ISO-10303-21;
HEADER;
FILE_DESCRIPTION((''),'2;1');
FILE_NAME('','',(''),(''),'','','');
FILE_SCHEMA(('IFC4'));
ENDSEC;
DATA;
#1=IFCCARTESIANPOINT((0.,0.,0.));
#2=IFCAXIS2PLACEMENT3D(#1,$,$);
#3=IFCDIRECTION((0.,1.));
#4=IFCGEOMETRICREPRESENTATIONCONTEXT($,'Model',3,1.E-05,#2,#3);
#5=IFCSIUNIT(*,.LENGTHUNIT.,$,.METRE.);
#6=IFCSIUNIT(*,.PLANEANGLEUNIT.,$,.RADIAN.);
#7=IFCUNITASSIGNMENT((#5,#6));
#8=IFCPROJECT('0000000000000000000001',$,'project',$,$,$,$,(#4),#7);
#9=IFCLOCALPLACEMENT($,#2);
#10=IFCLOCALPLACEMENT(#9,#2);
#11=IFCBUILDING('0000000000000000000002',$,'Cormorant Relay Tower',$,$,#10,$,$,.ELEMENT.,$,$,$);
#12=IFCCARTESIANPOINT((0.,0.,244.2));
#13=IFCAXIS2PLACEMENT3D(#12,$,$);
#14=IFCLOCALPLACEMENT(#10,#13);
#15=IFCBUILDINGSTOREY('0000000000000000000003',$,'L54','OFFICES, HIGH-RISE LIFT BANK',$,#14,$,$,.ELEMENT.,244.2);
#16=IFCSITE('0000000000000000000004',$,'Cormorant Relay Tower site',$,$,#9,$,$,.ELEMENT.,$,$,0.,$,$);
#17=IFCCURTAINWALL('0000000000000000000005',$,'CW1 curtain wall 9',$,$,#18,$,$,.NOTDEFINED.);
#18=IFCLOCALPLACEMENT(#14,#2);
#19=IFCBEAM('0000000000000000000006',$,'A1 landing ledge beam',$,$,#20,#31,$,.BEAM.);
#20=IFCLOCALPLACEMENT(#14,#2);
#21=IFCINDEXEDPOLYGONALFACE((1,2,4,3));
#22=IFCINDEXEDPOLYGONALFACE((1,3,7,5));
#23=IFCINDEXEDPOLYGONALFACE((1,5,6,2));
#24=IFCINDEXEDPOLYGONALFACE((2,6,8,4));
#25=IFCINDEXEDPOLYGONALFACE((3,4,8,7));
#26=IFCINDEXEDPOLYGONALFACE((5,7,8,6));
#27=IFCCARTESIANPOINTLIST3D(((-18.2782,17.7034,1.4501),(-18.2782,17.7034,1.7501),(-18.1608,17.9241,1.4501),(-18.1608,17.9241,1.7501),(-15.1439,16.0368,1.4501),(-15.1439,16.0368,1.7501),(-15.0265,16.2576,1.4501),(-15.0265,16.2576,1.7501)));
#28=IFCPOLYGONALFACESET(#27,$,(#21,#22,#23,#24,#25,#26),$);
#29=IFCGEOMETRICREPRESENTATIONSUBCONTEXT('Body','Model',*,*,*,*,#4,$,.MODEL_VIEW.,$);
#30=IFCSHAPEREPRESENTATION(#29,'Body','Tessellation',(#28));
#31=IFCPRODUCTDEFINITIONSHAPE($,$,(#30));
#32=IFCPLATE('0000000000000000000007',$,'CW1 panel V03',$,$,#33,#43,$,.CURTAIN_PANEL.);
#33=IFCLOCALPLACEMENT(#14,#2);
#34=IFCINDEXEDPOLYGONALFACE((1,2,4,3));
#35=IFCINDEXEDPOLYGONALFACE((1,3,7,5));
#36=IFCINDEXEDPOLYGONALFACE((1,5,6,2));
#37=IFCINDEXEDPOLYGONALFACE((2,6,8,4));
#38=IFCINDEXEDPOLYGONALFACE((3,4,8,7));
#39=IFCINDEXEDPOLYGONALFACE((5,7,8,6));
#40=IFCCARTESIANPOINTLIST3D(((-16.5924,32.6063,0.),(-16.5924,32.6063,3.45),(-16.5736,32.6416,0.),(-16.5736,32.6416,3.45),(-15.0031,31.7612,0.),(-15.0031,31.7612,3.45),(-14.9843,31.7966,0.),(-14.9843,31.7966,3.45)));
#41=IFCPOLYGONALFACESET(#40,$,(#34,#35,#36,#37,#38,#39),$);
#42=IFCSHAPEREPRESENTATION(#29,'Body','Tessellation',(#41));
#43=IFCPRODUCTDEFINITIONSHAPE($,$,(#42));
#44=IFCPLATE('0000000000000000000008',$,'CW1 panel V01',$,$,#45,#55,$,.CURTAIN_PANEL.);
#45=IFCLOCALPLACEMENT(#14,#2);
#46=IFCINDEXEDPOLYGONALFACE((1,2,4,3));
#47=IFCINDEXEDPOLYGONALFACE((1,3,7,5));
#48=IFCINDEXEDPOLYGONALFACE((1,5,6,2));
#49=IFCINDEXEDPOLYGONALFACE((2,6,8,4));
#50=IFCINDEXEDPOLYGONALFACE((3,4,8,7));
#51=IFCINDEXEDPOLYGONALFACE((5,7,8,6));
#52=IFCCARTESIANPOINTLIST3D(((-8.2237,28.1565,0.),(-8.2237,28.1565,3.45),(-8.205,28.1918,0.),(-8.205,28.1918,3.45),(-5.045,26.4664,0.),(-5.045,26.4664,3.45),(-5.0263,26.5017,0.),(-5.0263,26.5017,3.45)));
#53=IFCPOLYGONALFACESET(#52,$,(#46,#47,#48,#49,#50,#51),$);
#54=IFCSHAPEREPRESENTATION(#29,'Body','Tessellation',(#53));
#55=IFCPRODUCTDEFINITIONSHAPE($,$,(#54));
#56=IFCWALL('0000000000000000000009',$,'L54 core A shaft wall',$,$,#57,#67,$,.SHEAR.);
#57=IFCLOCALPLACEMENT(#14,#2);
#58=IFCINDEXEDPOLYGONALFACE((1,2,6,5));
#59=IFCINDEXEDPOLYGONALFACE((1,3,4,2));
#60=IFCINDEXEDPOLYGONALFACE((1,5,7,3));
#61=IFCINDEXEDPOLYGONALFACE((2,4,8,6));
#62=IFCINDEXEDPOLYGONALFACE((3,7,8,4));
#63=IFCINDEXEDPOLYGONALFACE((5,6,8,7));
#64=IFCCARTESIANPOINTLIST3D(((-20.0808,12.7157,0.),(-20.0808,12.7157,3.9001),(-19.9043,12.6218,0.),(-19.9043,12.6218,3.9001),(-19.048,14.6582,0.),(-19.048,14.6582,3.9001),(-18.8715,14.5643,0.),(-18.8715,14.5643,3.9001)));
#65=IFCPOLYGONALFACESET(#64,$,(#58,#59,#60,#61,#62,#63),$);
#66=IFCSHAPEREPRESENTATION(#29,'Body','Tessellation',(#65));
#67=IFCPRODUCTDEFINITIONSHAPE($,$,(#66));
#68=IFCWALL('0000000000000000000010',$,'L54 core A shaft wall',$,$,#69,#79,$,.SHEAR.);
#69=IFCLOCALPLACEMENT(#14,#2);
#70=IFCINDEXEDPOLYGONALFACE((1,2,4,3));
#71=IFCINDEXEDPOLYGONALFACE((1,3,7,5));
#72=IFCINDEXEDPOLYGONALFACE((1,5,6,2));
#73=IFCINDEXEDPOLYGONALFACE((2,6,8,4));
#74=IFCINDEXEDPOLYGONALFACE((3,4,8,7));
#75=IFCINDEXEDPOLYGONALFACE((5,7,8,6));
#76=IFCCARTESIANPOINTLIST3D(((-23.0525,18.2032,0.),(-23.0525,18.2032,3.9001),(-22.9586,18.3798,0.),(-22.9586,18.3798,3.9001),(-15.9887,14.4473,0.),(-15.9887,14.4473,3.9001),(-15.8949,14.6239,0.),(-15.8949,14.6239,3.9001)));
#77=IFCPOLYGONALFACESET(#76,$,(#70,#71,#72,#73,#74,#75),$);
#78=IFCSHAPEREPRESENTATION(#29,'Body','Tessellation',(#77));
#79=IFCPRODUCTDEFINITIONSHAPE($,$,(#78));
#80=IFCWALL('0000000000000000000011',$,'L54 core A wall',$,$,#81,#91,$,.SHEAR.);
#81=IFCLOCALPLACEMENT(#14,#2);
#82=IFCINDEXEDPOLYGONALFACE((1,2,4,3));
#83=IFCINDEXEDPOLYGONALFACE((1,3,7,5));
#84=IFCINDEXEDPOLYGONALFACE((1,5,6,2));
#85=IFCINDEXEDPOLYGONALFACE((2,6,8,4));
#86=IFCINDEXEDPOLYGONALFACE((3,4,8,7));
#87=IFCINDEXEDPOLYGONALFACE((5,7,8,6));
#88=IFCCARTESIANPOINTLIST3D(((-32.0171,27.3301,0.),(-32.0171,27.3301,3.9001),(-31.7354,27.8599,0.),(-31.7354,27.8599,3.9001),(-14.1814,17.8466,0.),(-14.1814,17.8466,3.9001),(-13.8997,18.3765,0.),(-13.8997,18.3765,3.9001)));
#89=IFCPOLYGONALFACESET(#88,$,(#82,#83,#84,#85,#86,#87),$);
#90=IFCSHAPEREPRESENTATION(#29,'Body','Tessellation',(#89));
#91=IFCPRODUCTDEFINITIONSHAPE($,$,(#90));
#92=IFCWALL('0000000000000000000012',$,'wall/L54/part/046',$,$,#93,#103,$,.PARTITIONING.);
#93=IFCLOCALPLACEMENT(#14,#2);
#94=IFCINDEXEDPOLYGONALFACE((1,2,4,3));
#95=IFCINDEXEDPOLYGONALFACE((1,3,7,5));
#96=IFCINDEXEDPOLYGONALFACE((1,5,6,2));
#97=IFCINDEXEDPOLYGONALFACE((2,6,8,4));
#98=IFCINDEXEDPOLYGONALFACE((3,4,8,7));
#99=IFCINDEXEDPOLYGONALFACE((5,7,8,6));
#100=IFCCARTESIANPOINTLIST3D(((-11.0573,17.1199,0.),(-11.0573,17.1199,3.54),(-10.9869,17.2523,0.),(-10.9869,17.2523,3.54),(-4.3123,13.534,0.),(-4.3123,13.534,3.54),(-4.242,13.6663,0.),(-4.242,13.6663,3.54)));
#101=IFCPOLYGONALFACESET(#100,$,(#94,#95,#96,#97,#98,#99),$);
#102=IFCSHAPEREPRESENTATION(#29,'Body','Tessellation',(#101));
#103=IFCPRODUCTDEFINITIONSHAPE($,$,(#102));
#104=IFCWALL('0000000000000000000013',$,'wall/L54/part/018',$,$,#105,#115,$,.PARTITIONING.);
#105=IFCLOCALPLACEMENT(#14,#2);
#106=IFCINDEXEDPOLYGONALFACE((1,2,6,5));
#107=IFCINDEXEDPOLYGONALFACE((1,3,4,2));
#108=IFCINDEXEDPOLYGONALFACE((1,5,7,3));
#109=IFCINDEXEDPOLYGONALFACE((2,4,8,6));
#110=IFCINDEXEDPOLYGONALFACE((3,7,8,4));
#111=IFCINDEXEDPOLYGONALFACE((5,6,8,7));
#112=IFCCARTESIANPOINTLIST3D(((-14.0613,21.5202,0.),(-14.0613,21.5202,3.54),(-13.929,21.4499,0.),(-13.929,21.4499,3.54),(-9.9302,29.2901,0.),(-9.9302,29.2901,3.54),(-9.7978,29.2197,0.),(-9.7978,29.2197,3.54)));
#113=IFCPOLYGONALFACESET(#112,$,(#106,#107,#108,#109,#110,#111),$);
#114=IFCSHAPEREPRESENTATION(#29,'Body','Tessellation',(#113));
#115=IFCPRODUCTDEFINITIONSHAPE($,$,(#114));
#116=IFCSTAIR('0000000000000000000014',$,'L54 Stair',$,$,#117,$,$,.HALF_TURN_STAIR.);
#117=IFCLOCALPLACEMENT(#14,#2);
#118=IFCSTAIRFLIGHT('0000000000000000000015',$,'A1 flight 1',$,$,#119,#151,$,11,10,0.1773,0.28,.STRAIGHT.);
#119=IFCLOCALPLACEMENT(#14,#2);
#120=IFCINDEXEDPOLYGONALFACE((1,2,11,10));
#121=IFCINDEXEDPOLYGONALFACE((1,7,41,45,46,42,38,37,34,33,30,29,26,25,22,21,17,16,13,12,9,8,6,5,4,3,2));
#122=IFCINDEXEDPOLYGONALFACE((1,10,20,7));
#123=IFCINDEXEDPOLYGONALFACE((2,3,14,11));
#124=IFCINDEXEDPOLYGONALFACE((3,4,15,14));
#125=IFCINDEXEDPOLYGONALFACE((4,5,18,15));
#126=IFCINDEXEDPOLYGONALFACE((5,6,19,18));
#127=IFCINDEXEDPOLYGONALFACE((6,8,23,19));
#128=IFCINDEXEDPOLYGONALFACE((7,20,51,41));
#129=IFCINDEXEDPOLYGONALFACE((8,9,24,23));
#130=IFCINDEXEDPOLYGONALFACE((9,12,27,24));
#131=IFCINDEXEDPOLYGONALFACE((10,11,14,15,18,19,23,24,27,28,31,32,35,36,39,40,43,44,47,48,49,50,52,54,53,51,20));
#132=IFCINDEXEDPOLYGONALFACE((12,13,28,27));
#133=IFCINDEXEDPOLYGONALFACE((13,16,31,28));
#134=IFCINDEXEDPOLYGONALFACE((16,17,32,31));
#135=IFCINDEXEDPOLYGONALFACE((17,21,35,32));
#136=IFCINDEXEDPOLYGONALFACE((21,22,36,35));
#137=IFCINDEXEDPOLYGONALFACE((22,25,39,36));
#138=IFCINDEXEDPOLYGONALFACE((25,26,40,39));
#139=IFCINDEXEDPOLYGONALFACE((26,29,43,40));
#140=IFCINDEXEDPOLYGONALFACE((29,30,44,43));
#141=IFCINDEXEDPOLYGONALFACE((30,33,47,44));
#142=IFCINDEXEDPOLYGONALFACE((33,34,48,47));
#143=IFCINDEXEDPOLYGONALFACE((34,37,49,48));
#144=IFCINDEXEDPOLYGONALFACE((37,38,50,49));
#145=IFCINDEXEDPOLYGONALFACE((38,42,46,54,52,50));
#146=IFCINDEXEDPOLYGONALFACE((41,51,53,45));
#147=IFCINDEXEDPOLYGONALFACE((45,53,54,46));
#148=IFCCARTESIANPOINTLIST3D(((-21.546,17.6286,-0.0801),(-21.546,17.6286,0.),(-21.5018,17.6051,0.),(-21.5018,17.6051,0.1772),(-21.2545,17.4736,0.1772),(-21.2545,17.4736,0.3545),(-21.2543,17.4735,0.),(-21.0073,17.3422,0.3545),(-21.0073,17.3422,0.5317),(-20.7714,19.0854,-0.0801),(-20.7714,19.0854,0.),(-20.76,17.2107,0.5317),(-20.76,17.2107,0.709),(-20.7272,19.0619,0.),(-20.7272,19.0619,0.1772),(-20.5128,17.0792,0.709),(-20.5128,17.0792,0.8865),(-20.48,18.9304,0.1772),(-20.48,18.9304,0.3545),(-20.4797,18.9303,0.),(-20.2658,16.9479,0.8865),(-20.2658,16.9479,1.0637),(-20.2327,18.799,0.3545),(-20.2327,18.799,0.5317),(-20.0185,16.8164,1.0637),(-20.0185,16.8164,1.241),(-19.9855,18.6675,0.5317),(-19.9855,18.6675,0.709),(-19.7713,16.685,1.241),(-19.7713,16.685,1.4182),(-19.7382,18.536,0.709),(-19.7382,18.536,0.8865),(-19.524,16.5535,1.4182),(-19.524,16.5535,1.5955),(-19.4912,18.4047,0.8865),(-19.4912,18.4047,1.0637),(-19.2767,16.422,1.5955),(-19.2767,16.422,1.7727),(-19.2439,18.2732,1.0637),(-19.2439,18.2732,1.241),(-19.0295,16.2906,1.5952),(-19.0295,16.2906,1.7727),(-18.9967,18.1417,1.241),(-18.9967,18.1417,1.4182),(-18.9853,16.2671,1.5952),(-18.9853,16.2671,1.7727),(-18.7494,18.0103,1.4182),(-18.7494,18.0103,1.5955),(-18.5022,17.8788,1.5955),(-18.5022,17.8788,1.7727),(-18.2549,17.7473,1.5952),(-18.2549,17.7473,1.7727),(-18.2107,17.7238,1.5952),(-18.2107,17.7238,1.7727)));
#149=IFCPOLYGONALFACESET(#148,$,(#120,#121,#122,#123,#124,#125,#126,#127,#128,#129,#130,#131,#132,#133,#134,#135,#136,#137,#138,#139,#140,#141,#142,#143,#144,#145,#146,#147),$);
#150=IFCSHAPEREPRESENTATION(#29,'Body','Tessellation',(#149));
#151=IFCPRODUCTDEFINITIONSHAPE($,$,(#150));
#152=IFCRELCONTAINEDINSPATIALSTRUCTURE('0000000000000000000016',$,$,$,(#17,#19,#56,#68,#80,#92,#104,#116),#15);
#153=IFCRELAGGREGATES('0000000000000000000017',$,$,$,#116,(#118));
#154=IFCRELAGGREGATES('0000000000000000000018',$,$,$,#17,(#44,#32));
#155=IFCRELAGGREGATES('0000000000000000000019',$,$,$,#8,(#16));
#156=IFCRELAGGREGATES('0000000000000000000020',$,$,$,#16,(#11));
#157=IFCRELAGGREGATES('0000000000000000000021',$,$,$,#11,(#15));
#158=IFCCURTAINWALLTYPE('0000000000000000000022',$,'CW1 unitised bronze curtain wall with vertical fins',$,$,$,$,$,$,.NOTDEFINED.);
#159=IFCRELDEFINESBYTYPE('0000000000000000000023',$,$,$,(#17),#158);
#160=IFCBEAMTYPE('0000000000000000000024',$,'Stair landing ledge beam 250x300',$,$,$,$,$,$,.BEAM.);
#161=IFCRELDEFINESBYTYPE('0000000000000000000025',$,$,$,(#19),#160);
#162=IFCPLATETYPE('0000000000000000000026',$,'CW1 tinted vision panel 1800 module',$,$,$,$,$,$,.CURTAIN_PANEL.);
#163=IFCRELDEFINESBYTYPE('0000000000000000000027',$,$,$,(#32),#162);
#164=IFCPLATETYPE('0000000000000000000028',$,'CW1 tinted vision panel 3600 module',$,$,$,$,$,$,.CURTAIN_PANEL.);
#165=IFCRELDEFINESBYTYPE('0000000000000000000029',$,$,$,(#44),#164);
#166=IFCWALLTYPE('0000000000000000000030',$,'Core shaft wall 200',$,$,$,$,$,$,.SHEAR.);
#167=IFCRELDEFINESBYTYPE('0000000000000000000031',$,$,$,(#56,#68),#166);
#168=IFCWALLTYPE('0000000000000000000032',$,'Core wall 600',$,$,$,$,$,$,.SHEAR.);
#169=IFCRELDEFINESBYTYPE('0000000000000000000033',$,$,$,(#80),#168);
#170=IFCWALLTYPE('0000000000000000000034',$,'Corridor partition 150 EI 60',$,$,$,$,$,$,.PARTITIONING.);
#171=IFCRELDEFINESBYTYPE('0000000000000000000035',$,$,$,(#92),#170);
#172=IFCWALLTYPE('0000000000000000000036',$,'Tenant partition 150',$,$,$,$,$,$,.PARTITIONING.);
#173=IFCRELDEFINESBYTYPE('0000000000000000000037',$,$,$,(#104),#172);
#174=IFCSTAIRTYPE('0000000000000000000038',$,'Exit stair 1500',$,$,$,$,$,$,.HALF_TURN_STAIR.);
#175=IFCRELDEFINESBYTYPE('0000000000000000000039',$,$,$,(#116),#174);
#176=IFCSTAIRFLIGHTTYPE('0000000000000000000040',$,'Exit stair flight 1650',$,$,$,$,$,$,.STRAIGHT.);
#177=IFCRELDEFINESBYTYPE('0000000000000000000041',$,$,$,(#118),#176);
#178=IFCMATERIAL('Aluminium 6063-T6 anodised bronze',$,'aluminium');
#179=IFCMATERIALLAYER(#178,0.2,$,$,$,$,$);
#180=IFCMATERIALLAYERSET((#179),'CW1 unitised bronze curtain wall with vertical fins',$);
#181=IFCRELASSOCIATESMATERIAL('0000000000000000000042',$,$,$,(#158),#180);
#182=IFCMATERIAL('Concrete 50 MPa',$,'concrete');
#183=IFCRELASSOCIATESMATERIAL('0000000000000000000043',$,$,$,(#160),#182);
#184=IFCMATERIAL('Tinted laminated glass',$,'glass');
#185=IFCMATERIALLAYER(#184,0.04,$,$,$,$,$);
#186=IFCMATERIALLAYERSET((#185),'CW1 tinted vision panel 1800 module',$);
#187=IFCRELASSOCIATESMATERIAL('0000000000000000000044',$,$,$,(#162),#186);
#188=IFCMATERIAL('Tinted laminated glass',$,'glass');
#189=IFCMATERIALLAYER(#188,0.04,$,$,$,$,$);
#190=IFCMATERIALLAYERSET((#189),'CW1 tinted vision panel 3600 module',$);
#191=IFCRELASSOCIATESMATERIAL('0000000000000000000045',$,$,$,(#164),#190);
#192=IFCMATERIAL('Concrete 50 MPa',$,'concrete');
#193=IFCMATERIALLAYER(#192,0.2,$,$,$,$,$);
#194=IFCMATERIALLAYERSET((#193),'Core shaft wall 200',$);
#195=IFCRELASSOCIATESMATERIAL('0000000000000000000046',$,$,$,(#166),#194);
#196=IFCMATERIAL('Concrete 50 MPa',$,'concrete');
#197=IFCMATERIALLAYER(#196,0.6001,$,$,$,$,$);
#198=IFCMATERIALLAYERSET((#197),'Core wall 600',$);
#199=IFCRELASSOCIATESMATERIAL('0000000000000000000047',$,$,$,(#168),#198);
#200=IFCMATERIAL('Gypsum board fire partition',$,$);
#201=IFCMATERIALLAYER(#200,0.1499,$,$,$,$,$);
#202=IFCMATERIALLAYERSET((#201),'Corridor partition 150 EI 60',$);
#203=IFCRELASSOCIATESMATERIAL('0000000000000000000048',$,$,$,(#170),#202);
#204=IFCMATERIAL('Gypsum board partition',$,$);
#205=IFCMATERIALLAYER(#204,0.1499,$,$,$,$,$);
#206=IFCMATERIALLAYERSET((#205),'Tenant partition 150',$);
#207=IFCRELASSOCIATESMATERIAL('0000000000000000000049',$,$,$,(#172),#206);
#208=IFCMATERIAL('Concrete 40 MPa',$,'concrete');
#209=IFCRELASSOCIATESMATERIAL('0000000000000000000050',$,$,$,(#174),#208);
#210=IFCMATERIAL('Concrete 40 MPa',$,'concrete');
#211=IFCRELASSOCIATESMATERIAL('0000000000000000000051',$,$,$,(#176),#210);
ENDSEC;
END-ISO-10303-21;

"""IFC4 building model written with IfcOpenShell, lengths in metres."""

from ifc_helpers import new_model, si_unit, direction, frame, frame_2d, origin, origin_2d, place, context, subcontext, project, spatial, polyline, rectangle, outline, extrude, material, layer, layer_set, material_profile, profile_set, type_object, element, aggregate, save


model = new_model("IFC4")

# Units and contexts
model_context = context("Model", 3, precision=1e-05, world=origin(), true_north=direction((0.0, 1.0)))
body_context = subcontext(model_context, "Body", "Model", "MODEL_VIEW")
ifc_project = project(units=[si_unit("LENGTHUNIT", "METRE"), si_unit("PLANEANGLEUNIT", "RADIAN")], contexts=[model_context])

# Site, building, storey
site_placement = place(None, origin())
site = spatial("IfcSite", under=ifc_project, at=site_placement, Name="Cormorant Relay Tower site", CompositionType="ELEMENT", RefElevation=0.0)
building_placement = place(site_placement, origin())
building = spatial("IfcBuilding", under=site, at=building_placement, Name="Cormorant Relay Tower", CompositionType="ELEMENT")
storey_placement = place(building_placement, frame((0.0, 0.0, 244.2)))
storey = spatial("IfcBuildingStorey", under=building, at=storey_placement, Name="L54", Description="OFFICES, HIGH-RISE LIFT BANK", CompositionType="ELEMENT", Elevation=244.2)

# Curtain wall
ifc_material_1 = material(Name="Aluminium 6063-T6 anodised bronze", Category="aluminium")
ifc_layer_1 = layer(ifc_material_1, 0.2)
ifc_layer_set_1 = layer_set([ifc_layer_1], Name="CW1 unitised bronze curtain wall with vertical fins")
curtain_wall_type = type_object("IfcCurtainWallType", Name="CW1 unitised bronze curtain wall with vertical fins", PredefinedType="NOTDEFINED", material=ifc_layer_set_1)
curtain_wall_placement = place(storey_placement, origin())
curtain_wall = element("IfcCurtainWall", 1, at=curtain_wall_placement, inside=storey, type_object=curtain_wall_type, Name="CW1 curtain wall 9", PredefinedType="NOTDEFINED")

# Beam
ifc_material_2 = material(Name="Concrete 50 MPa", Category="concrete")
ifc_material_profile_1 = material_profile(ifc_material_2, rectangle(XDim=0.25, YDim=0.3, at=origin_2d()), Name="RC 250x300")
ifc_profile_set_1 = profile_set([ifc_material_profile_1], Name="Concrete 50 MPa")
beam_type_1 = type_object("IfcBeamType", Name="Stair landing ledge beam 250x300", PredefinedType="BEAM", material=ifc_profile_set_1)
beam_1_placement = place(storey_placement, frame((-18.2195, 17.8137, 1.6001), z_axis=(0.88295, -0.469467, 0.0), x_axis=(0.469467, 0.88295, 0.0)))
element("IfcBeam", 2, at=beam_1_placement, inside=storey, type_object=beam_type_1, Name="A1 landing ledge beam", PredefinedType="BEAM", context=body_context, shape_type="SweptSolid", body=[
    extrude(rectangle(XDim=0.25, YDim=0.3, at=origin_2d()), origin(), (0.0, 0.0, 1.0), 3.5498),
])

# Plates
ifc_material_3 = material(Name="Tinted laminated glass", Category="glass")
ifc_layer_2 = layer(ifc_material_3, 0.04)
ifc_layer_set_2 = layer_set([ifc_layer_2], Name="CW1 tinted vision panel 1800 module")
plate_type_1 = type_object("IfcPlateType", Name="CW1 tinted vision panel 1800 module", PredefinedType="CURTAIN_PANEL", material=ifc_layer_set_2)
plate_1_placement = place(storey_placement, frame((-15.7883, 32.2014, 0.0), z_axis=(0.0, 0.0, 1.0), x_axis=(-0.882948, 0.469472, 0.0)))
plate_1 = element("IfcPlate", 3, at=plate_1_placement, type_object=plate_type_1, Name="CW1 panel V03", PredefinedType="CURTAIN_PANEL", context=body_context, shape_type="SweptSolid", body=[
    extrude(rectangle(XDim=1.8, YDim=0.04, at=origin_2d()), origin(), (0.0, 0.0, 1.0), 3.45),
])
ifc_material_4 = material(Name="Tinted laminated glass", Category="glass")
ifc_layer_3 = layer(ifc_material_4, 0.04)
ifc_layer_set_3 = layer_set([ifc_layer_3], Name="CW1 tinted vision panel 3600 module")
plate_type_2 = type_object("IfcPlateType", Name="CW1 tinted vision panel 3600 module", PredefinedType="CURTAIN_PANEL", material=ifc_layer_set_3)
plate_2_placement = place(storey_placement, frame((-6.625, 27.3291, 0.0), z_axis=(0.0, 0.0, 1.0), x_axis=(-0.882948, 0.469472, 0.0)))
plate_2 = element("IfcPlate", 4, at=plate_2_placement, type_object=plate_type_2, Name="CW1 panel V01", PredefinedType="CURTAIN_PANEL", context=body_context, shape_type="SweptSolid", body=[
    extrude(rectangle(XDim=3.6001, YDim=0.04, at=origin_2d()), origin(), (0.0, 0.0, 1.0), 3.45),
])

# Walls
ifc_material_5 = material(Name="Concrete 50 MPa", Category="concrete")
ifc_layer_4 = layer(ifc_material_5, 0.2)
ifc_layer_set_4 = layer_set([ifc_layer_4], Name="Core shaft wall 200")
wall_type_1 = type_object("IfcWallType", Name="Core shaft wall 200", PredefinedType="SHEAR", material=ifc_layer_set_4)
wall_1_placement = place(storey_placement, frame((-18.9597, 14.6113, 0.0), z_axis=(0.0, 0.0, 1.0), x_axis=(-0.469447, -0.88296, 0.0)))
element("IfcWall", 5, at=wall_1_placement, inside=storey, type_object=wall_type_1, Name="L54 core A shaft wall", PredefinedType="SHEAR", context=body_context, shape_type="SweptSolid", body=[
    extrude(rectangle(XDim=2.2, YDim=0.2, at=frame_2d((1.1001, 0.0))), origin(), (0.0, 0.0, 1.0), 3.9001),
])
wall_2_placement = place(storey_placement, frame((-15.9419, 14.5356, 0.0), z_axis=(0.0, 0.0, 1.0), x_axis=(-0.882947, 0.469473, 0.0)))
element("IfcWall", 6, at=wall_2_placement, inside=storey, type_object=wall_type_1, Name="L54 core A shaft wall", PredefinedType="SHEAR", context=body_context, shape_type="SweptSolid", body=[
    extrude(rectangle(XDim=8.0002, YDim=0.2, at=frame_2d((4.0, 0.0))), origin(), (0.0, 0.0, 1.0), 3.9001),
])

# Shared definitions
ifc_material_6 = material(Name="Concrete 50 MPa", Category="concrete")
ifc_layer_5 = layer(ifc_material_6, 0.6001)
ifc_layer_set_5 = layer_set([ifc_layer_5], Name="Core wall 600")
wall_type_2 = type_object("IfcWallType", Name="Core wall 600", PredefinedType="SHEAR", material=ifc_layer_set_5)

# Walls
wall_3_placement = place(storey_placement, frame((-14.0405, 18.1116, 0.0), z_axis=(0.0, 0.0, 1.0), x_axis=(-0.882948, 0.469471, 0.0)))
element("IfcWall", 7, at=wall_3_placement, inside=storey, type_object=wall_type_2, Name="L54 core A wall", PredefinedType="SHEAR", context=body_context, shape_type="SweptSolid", body=[
    extrude(rectangle(XDim=20.2002, YDim=0.6001, at=frame_2d((10.1001, 0.0))), origin(), (0.0, 0.0, 1.0), 3.9001),
])
ifc_material_7 = material(Name="Gypsum board fire partition")
ifc_layer_6 = layer(ifc_material_7, 0.1499)
ifc_layer_set_6 = layer_set([ifc_layer_6], Name="Corridor partition 150 EI 60")
wall_type_3 = type_object("IfcWallType", Name="Corridor partition 150 EI 60", PredefinedType="PARTITIONING", material=ifc_layer_set_6)
wall_4_placement = place(storey_placement, frame((-11.022, 17.186, 0.0), z_axis=(0.0, 0.0, 1.0), x_axis=(0.882968, -0.469433, 0.0)))
element("IfcWall", 8, at=wall_4_placement, inside=storey, type_object=wall_type_3, Name="wall/L54/part/046", PredefinedType="PARTITIONING", context=body_context, shape_type="SweptSolid", body=[
    extrude(rectangle(XDim=7.6389, YDim=0.1499, at=frame_2d((3.8193, 0.0))), origin(), (0.0, 0.0, 1.0), 3.54),
])
ifc_material_8 = material(Name="Gypsum board partition")
ifc_layer_7 = layer(ifc_material_8, 0.1499)
ifc_layer_set_7 = layer_set([ifc_layer_7], Name="Tenant partition 150")
wall_type_4 = type_object("IfcWallType", Name="Tenant partition 150", PredefinedType="PARTITIONING", material=ifc_layer_set_7)
wall_5_placement = place(storey_placement, frame((-9.864, 29.2549, 0.0), z_axis=(0.0, 0.0, 1.0), x_axis=(-0.469457, -0.882955, 0.0)))
element("IfcWall", 9, at=wall_5_placement, inside=storey, type_object=wall_type_4, Name="wall/L54/part/018", PredefinedType="PARTITIONING", context=body_context, shape_type="SweptSolid", body=[
    extrude(rectangle(XDim=8.7998, YDim=0.1499, at=frame_2d((4.3999, 0.0))), origin(), (0.0, 0.0, 1.0), 3.54),
])

# Stair, stair flight
ifc_material_9 = material(Name="Concrete 40 MPa", Category="concrete")
stair_type = type_object("IfcStairType", Name="Exit stair 1500", PredefinedType="HALF_TURN_STAIR", material=ifc_material_9)
stair_placement = place(storey_placement, origin())
stair = element("IfcStair", 10, at=stair_placement, inside=storey, type_object=stair_type, Name="L54 Stair", PredefinedType="HALF_TURN_STAIR")
ifc_material_10 = material(Name="Concrete 40 MPa", Category="concrete")
stair_flight_type = type_object("IfcStairFlightType", Name="Exit stair flight 1650", PredefinedType="STRAIGHT", material=ifc_material_10)
stair_flight_1_placement = place(storey_placement, frame((-21.1145, 18.3335, 0.0), z_axis=(0.0, 0.0, 1.0), x_axis=(0.882948, -0.469472, 0.0)))
stair_flight_1 = element("IfcStairFlight", 11, at=stair_flight_1_placement, type_object=stair_flight_type, Name="A1 flight 1", NumberOfRisers=11, NumberOfTreads=10, PredefinedType="STRAIGHT", RiserHeight=0.1773, TreadLength=0.28, context=body_context, shape_type="SweptSolid", body=[
    extrude(outline(polyline([(-0.05, -0.0801), (-0.05, 0.0), (0.0, 0.0), (0.0, 0.1772), (0.28, 0.1772), (0.28, 0.3545), (0.5601, 0.3545), (0.5601, 0.5317), (0.8401, 0.5317), (0.8401, 0.709), (1.1201, 0.709), (1.1201, 0.8865), (1.3999, 0.8865), (1.3999, 1.0637), (1.6799, 1.0637), (1.6799, 1.241), (1.96, 1.241), (1.96, 1.4182), (2.24, 1.4182), (2.24, 1.5955), (2.52, 1.5955), (2.52, 1.7727), (2.8, 1.7727), (2.8501, 1.7727), (2.8501, 1.5952), (2.8, 1.5952), (0.2803, 0.0), (-0.05, -0.0801)])), frame((0.0, 0.825, 0.0), z_axis=(0.0, -1.0, 0.0), x_axis=(1.0, 0.0, 0.0)), (0.0, 0.0, 1.0), 1.6499),
])
aggregate(stair, [stair_flight_1])

aggregate(curtain_wall, [plate_2, plate_1])

save(model, "model.ifc")
